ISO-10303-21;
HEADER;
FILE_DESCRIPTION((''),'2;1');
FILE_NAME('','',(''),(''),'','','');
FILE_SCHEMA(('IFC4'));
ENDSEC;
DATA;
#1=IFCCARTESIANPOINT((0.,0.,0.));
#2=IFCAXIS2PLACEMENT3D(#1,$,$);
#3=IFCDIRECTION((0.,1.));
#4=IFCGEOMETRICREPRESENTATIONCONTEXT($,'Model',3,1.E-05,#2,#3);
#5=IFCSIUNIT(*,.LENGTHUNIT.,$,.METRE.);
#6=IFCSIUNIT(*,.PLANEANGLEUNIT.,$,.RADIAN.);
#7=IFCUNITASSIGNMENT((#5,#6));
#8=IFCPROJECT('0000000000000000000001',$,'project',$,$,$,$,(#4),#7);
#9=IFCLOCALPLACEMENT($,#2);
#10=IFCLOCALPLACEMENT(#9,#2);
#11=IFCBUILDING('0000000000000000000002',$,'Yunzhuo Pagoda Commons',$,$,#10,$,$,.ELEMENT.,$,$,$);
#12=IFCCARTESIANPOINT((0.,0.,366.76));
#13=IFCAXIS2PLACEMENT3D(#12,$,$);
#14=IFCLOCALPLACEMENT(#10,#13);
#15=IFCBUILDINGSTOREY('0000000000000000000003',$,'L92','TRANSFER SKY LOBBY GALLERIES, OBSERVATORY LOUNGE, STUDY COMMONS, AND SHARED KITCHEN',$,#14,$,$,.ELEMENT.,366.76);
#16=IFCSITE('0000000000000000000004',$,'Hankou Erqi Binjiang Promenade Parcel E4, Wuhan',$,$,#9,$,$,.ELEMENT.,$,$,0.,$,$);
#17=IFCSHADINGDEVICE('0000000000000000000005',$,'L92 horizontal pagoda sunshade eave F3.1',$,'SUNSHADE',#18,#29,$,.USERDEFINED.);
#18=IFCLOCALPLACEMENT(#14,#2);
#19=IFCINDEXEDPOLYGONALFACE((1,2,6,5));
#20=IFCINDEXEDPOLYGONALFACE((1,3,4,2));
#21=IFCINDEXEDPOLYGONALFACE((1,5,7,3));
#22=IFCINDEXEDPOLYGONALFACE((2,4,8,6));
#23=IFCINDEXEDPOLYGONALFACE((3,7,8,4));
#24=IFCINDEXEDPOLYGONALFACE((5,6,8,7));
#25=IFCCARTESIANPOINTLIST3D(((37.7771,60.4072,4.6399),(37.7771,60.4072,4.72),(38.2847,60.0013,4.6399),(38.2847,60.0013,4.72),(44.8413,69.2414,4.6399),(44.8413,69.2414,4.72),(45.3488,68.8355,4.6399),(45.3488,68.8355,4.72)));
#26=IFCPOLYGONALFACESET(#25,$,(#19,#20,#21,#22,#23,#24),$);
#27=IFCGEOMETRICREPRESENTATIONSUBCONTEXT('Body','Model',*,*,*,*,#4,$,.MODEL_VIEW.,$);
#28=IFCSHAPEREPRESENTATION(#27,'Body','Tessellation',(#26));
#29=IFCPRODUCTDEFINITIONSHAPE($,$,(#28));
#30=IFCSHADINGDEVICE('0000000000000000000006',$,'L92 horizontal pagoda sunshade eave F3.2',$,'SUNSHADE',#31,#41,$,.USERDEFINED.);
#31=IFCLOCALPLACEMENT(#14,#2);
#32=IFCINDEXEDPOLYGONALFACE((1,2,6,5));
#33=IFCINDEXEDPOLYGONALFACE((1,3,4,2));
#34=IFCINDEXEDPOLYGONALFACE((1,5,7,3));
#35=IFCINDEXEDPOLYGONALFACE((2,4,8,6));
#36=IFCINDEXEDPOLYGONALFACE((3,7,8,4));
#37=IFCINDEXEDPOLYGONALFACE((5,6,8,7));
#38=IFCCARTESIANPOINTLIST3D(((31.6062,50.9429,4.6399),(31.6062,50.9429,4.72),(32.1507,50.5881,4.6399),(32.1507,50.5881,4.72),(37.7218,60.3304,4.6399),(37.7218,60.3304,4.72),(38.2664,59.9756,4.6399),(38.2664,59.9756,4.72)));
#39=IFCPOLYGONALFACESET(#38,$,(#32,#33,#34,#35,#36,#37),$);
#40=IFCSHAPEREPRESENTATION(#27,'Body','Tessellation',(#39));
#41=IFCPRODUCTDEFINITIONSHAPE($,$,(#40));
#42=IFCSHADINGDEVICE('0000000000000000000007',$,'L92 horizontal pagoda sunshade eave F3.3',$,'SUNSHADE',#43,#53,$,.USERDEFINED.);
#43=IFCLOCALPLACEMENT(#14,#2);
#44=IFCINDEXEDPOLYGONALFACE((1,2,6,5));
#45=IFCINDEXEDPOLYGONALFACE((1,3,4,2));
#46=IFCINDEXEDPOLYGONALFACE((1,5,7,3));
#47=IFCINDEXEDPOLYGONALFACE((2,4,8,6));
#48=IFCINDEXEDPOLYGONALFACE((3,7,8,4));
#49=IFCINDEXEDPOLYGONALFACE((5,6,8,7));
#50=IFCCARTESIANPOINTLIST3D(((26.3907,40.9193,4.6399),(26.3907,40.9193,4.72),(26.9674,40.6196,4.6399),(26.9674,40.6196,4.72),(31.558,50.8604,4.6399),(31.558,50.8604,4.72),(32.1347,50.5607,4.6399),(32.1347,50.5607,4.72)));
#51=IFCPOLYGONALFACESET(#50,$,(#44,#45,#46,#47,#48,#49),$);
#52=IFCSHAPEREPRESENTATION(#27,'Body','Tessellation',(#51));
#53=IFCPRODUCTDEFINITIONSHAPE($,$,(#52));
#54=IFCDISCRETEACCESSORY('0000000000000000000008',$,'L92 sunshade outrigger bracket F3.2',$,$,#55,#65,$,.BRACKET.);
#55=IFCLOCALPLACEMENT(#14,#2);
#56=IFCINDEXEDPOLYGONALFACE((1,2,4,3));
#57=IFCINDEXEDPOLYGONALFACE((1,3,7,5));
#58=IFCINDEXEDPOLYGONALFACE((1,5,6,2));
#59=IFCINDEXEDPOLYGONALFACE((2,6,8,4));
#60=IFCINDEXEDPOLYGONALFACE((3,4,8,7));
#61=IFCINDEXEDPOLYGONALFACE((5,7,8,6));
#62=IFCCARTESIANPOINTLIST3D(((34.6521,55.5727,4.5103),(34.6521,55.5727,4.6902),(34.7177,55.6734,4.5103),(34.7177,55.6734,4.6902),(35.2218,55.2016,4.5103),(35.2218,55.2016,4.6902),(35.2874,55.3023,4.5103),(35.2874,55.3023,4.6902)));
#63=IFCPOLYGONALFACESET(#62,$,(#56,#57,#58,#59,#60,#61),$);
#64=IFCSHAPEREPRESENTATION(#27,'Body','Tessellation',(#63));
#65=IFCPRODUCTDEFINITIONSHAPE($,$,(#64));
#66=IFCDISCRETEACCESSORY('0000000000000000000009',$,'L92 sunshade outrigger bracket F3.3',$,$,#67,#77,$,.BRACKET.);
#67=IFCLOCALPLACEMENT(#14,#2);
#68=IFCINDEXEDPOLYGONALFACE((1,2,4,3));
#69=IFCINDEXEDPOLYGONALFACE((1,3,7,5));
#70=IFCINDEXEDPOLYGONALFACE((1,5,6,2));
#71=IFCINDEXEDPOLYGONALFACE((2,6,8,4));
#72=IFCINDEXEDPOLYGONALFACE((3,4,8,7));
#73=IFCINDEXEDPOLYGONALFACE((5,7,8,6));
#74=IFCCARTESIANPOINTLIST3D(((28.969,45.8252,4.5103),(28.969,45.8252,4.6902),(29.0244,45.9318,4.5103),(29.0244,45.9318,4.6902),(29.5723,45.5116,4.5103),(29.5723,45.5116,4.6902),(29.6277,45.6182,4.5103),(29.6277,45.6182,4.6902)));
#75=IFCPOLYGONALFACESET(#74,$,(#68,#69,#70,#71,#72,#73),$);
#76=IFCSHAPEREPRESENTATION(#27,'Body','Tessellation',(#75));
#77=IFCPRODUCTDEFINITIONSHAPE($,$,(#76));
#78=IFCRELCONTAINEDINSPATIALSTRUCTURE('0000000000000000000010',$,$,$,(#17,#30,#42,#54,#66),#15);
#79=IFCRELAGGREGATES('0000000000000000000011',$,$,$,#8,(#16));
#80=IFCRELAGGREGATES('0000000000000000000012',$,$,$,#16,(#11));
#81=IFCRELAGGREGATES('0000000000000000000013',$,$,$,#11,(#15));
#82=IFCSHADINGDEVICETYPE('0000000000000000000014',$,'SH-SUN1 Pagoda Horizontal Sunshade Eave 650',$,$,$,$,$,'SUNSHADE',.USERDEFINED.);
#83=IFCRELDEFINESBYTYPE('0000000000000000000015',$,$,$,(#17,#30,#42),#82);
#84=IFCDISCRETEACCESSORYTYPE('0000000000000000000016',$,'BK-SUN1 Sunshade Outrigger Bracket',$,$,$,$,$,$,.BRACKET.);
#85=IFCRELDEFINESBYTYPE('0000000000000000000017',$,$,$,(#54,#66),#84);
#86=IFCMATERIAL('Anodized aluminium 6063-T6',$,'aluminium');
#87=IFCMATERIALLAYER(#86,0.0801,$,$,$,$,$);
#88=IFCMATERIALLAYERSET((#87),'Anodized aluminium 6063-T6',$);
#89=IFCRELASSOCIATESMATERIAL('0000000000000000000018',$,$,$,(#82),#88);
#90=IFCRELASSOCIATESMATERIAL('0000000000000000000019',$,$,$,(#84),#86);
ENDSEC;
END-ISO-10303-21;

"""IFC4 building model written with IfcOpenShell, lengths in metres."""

from ifc_helpers import new_model, si_unit, direction, frame, origin, origin_2d, place, context, subcontext, project, spatial, rectangle, extrude, source, transform, mapped, material, layer, layer_set, type_object, element, save


model = new_model("IFC4")

# Units and contexts
model_context = context("Model", 3, precision=1e-05, world=origin(), true_north=direction((0.0, 1.0)))
body_context = subcontext(model_context, "Body", "Model", "MODEL_VIEW")
ifc_project = project(units=[si_unit("LENGTHUNIT", "METRE"), si_unit("PLANEANGLEUNIT", "RADIAN")], contexts=[model_context])

# Site, building, storey
site_placement = place(None, origin())
site = spatial("IfcSite", under=ifc_project, at=site_placement, Name="Hankou Erqi Binjiang Promenade Parcel E4, Wuhan", CompositionType="ELEMENT", RefElevation=0.0)
building_placement = place(site_placement, origin())
building = spatial("IfcBuilding", under=site, at=building_placement, Name="Yunzhuo Pagoda Commons", CompositionType="ELEMENT")
storey_placement = place(building_placement, frame((0.0, 0.0, 366.76)))
storey = spatial("IfcBuildingStorey", under=building, at=storey_placement, Name="L92", Description="TRANSFER SKY LOBBY GALLERIES, OBSERVATORY LOUNGE, STUDY COMMONS, AND SHARED KITCHEN", CompositionType="ELEMENT", Elevation=366.76)

# Shared definitions
ifc_material_1 = material(Name="Anodized aluminium 6063-T6", Category="aluminium")

# Shading devices
ifc_layer_1 = layer(ifc_material_1, 0.0801)
ifc_layer_set_1 = layer_set([ifc_layer_1], Name="Anodized aluminium 6063-T6")
shading_device_type = type_object("IfcShadingDeviceType", Name="SH-SUN1 Pagoda Horizontal Sunshade Eave 650", ElementType="SUNSHADE", PredefinedType="USERDEFINED", material=ifc_layer_set_1)
shared_shape_1 = source(origin(), body_context, "Body", "SweptSolid", [
    extrude(rectangle(XDim=11.3113, YDim=0.6499, at=origin_2d()), origin(), (0.0, 0.0, 1.0), 0.0801),
])
shading_device_placement = place(storey_placement, frame((41.563, 64.6213, 4.6399), z_axis=(0.0, 0.0, 1.0), x_axis=(-0.62452, -0.781008, 0.0)))
element("IfcShadingDevice", 1, at=shading_device_placement, inside=storey, type_object=shading_device_type, Name="L92 horizontal pagoda sunshade eave F3.1", ObjectType="SUNSHADE", PredefinedType="USERDEFINED", context=body_context, shape_type="MappedRepresentation", body=[
    mapped(shared_shape_1, transform((0.0, 0.0, 0.0), scale=1.0)),
])
shared_shape_2 = source(origin(), body_context, "Body", "SweptSolid", [
    extrude(rectangle(XDim=11.2039, YDim=0.6499, at=origin_2d()), origin(), (0.0, 0.0, 1.0), 0.0801),
])
for number, where, z_axis, x_axis, name in (
    (2, (34.9363, 55.4592, 4.6399), (0.0, 0.0, 1.0), (-0.545853, -0.837881, 0.0), "L92 horizontal pagoda sunshade eave F3.2"),
    (3, (29.2627, 45.74, 4.6399), (0.0, 0.0, 1.0), (-0.461207, -0.887293, 0.0), "L92 horizontal pagoda sunshade eave F3.3"),
):
    element("IfcShadingDevice", number, at=place(storey_placement, frame(where, z_axis=z_axis, x_axis=x_axis)), inside=storey, type_object=shading_device_type, Name=name, ObjectType="SUNSHADE", PredefinedType="USERDEFINED", context=body_context, shape_type="MappedRepresentation", body=[
        mapped(shared_shape_2, transform((0.0, 0.0, 0.0), scale=1.0)),
    ])

# Discrete accessories
discrete_accessory_type = type_object("IfcDiscreteAccessoryType", Name="BK-SUN1 Sunshade Outrigger Bracket", PredefinedType="BRACKET", material=ifc_material_1)
shared_shape_3 = source(origin(), body_context, "Body", "SweptSolid", [
    extrude(rectangle(XDim=0.1201, YDim=0.6799, at=origin_2d()), origin(), (0.0, 0.0, 1.0), 0.1799),
])
for number, where, z_axis, x_axis, name in (
    (4, (34.9697, 55.4375, 4.5103), (0.0, 0.0, 1.0), (-0.545853, -0.837881, 0.0), "L92 sunshade outrigger bracket F3.2"),
    (5, (29.2983, 45.7217, 4.5103), (0.0, 0.0, 1.0), (-0.461207, -0.887293, 0.0), "L92 sunshade outrigger bracket F3.3"),
):
    element("IfcDiscreteAccessory", number, at=place(storey_placement, frame(where, z_axis=z_axis, x_axis=x_axis)), inside=storey, type_object=discrete_accessory_type, Name=name, PredefinedType="BRACKET", context=body_context, shape_type="MappedRepresentation", body=[
        mapped(shared_shape_3, transform((0.0, 0.0, 0.0), scale=1.0)),
    ])

save(model, "model.ifc")
